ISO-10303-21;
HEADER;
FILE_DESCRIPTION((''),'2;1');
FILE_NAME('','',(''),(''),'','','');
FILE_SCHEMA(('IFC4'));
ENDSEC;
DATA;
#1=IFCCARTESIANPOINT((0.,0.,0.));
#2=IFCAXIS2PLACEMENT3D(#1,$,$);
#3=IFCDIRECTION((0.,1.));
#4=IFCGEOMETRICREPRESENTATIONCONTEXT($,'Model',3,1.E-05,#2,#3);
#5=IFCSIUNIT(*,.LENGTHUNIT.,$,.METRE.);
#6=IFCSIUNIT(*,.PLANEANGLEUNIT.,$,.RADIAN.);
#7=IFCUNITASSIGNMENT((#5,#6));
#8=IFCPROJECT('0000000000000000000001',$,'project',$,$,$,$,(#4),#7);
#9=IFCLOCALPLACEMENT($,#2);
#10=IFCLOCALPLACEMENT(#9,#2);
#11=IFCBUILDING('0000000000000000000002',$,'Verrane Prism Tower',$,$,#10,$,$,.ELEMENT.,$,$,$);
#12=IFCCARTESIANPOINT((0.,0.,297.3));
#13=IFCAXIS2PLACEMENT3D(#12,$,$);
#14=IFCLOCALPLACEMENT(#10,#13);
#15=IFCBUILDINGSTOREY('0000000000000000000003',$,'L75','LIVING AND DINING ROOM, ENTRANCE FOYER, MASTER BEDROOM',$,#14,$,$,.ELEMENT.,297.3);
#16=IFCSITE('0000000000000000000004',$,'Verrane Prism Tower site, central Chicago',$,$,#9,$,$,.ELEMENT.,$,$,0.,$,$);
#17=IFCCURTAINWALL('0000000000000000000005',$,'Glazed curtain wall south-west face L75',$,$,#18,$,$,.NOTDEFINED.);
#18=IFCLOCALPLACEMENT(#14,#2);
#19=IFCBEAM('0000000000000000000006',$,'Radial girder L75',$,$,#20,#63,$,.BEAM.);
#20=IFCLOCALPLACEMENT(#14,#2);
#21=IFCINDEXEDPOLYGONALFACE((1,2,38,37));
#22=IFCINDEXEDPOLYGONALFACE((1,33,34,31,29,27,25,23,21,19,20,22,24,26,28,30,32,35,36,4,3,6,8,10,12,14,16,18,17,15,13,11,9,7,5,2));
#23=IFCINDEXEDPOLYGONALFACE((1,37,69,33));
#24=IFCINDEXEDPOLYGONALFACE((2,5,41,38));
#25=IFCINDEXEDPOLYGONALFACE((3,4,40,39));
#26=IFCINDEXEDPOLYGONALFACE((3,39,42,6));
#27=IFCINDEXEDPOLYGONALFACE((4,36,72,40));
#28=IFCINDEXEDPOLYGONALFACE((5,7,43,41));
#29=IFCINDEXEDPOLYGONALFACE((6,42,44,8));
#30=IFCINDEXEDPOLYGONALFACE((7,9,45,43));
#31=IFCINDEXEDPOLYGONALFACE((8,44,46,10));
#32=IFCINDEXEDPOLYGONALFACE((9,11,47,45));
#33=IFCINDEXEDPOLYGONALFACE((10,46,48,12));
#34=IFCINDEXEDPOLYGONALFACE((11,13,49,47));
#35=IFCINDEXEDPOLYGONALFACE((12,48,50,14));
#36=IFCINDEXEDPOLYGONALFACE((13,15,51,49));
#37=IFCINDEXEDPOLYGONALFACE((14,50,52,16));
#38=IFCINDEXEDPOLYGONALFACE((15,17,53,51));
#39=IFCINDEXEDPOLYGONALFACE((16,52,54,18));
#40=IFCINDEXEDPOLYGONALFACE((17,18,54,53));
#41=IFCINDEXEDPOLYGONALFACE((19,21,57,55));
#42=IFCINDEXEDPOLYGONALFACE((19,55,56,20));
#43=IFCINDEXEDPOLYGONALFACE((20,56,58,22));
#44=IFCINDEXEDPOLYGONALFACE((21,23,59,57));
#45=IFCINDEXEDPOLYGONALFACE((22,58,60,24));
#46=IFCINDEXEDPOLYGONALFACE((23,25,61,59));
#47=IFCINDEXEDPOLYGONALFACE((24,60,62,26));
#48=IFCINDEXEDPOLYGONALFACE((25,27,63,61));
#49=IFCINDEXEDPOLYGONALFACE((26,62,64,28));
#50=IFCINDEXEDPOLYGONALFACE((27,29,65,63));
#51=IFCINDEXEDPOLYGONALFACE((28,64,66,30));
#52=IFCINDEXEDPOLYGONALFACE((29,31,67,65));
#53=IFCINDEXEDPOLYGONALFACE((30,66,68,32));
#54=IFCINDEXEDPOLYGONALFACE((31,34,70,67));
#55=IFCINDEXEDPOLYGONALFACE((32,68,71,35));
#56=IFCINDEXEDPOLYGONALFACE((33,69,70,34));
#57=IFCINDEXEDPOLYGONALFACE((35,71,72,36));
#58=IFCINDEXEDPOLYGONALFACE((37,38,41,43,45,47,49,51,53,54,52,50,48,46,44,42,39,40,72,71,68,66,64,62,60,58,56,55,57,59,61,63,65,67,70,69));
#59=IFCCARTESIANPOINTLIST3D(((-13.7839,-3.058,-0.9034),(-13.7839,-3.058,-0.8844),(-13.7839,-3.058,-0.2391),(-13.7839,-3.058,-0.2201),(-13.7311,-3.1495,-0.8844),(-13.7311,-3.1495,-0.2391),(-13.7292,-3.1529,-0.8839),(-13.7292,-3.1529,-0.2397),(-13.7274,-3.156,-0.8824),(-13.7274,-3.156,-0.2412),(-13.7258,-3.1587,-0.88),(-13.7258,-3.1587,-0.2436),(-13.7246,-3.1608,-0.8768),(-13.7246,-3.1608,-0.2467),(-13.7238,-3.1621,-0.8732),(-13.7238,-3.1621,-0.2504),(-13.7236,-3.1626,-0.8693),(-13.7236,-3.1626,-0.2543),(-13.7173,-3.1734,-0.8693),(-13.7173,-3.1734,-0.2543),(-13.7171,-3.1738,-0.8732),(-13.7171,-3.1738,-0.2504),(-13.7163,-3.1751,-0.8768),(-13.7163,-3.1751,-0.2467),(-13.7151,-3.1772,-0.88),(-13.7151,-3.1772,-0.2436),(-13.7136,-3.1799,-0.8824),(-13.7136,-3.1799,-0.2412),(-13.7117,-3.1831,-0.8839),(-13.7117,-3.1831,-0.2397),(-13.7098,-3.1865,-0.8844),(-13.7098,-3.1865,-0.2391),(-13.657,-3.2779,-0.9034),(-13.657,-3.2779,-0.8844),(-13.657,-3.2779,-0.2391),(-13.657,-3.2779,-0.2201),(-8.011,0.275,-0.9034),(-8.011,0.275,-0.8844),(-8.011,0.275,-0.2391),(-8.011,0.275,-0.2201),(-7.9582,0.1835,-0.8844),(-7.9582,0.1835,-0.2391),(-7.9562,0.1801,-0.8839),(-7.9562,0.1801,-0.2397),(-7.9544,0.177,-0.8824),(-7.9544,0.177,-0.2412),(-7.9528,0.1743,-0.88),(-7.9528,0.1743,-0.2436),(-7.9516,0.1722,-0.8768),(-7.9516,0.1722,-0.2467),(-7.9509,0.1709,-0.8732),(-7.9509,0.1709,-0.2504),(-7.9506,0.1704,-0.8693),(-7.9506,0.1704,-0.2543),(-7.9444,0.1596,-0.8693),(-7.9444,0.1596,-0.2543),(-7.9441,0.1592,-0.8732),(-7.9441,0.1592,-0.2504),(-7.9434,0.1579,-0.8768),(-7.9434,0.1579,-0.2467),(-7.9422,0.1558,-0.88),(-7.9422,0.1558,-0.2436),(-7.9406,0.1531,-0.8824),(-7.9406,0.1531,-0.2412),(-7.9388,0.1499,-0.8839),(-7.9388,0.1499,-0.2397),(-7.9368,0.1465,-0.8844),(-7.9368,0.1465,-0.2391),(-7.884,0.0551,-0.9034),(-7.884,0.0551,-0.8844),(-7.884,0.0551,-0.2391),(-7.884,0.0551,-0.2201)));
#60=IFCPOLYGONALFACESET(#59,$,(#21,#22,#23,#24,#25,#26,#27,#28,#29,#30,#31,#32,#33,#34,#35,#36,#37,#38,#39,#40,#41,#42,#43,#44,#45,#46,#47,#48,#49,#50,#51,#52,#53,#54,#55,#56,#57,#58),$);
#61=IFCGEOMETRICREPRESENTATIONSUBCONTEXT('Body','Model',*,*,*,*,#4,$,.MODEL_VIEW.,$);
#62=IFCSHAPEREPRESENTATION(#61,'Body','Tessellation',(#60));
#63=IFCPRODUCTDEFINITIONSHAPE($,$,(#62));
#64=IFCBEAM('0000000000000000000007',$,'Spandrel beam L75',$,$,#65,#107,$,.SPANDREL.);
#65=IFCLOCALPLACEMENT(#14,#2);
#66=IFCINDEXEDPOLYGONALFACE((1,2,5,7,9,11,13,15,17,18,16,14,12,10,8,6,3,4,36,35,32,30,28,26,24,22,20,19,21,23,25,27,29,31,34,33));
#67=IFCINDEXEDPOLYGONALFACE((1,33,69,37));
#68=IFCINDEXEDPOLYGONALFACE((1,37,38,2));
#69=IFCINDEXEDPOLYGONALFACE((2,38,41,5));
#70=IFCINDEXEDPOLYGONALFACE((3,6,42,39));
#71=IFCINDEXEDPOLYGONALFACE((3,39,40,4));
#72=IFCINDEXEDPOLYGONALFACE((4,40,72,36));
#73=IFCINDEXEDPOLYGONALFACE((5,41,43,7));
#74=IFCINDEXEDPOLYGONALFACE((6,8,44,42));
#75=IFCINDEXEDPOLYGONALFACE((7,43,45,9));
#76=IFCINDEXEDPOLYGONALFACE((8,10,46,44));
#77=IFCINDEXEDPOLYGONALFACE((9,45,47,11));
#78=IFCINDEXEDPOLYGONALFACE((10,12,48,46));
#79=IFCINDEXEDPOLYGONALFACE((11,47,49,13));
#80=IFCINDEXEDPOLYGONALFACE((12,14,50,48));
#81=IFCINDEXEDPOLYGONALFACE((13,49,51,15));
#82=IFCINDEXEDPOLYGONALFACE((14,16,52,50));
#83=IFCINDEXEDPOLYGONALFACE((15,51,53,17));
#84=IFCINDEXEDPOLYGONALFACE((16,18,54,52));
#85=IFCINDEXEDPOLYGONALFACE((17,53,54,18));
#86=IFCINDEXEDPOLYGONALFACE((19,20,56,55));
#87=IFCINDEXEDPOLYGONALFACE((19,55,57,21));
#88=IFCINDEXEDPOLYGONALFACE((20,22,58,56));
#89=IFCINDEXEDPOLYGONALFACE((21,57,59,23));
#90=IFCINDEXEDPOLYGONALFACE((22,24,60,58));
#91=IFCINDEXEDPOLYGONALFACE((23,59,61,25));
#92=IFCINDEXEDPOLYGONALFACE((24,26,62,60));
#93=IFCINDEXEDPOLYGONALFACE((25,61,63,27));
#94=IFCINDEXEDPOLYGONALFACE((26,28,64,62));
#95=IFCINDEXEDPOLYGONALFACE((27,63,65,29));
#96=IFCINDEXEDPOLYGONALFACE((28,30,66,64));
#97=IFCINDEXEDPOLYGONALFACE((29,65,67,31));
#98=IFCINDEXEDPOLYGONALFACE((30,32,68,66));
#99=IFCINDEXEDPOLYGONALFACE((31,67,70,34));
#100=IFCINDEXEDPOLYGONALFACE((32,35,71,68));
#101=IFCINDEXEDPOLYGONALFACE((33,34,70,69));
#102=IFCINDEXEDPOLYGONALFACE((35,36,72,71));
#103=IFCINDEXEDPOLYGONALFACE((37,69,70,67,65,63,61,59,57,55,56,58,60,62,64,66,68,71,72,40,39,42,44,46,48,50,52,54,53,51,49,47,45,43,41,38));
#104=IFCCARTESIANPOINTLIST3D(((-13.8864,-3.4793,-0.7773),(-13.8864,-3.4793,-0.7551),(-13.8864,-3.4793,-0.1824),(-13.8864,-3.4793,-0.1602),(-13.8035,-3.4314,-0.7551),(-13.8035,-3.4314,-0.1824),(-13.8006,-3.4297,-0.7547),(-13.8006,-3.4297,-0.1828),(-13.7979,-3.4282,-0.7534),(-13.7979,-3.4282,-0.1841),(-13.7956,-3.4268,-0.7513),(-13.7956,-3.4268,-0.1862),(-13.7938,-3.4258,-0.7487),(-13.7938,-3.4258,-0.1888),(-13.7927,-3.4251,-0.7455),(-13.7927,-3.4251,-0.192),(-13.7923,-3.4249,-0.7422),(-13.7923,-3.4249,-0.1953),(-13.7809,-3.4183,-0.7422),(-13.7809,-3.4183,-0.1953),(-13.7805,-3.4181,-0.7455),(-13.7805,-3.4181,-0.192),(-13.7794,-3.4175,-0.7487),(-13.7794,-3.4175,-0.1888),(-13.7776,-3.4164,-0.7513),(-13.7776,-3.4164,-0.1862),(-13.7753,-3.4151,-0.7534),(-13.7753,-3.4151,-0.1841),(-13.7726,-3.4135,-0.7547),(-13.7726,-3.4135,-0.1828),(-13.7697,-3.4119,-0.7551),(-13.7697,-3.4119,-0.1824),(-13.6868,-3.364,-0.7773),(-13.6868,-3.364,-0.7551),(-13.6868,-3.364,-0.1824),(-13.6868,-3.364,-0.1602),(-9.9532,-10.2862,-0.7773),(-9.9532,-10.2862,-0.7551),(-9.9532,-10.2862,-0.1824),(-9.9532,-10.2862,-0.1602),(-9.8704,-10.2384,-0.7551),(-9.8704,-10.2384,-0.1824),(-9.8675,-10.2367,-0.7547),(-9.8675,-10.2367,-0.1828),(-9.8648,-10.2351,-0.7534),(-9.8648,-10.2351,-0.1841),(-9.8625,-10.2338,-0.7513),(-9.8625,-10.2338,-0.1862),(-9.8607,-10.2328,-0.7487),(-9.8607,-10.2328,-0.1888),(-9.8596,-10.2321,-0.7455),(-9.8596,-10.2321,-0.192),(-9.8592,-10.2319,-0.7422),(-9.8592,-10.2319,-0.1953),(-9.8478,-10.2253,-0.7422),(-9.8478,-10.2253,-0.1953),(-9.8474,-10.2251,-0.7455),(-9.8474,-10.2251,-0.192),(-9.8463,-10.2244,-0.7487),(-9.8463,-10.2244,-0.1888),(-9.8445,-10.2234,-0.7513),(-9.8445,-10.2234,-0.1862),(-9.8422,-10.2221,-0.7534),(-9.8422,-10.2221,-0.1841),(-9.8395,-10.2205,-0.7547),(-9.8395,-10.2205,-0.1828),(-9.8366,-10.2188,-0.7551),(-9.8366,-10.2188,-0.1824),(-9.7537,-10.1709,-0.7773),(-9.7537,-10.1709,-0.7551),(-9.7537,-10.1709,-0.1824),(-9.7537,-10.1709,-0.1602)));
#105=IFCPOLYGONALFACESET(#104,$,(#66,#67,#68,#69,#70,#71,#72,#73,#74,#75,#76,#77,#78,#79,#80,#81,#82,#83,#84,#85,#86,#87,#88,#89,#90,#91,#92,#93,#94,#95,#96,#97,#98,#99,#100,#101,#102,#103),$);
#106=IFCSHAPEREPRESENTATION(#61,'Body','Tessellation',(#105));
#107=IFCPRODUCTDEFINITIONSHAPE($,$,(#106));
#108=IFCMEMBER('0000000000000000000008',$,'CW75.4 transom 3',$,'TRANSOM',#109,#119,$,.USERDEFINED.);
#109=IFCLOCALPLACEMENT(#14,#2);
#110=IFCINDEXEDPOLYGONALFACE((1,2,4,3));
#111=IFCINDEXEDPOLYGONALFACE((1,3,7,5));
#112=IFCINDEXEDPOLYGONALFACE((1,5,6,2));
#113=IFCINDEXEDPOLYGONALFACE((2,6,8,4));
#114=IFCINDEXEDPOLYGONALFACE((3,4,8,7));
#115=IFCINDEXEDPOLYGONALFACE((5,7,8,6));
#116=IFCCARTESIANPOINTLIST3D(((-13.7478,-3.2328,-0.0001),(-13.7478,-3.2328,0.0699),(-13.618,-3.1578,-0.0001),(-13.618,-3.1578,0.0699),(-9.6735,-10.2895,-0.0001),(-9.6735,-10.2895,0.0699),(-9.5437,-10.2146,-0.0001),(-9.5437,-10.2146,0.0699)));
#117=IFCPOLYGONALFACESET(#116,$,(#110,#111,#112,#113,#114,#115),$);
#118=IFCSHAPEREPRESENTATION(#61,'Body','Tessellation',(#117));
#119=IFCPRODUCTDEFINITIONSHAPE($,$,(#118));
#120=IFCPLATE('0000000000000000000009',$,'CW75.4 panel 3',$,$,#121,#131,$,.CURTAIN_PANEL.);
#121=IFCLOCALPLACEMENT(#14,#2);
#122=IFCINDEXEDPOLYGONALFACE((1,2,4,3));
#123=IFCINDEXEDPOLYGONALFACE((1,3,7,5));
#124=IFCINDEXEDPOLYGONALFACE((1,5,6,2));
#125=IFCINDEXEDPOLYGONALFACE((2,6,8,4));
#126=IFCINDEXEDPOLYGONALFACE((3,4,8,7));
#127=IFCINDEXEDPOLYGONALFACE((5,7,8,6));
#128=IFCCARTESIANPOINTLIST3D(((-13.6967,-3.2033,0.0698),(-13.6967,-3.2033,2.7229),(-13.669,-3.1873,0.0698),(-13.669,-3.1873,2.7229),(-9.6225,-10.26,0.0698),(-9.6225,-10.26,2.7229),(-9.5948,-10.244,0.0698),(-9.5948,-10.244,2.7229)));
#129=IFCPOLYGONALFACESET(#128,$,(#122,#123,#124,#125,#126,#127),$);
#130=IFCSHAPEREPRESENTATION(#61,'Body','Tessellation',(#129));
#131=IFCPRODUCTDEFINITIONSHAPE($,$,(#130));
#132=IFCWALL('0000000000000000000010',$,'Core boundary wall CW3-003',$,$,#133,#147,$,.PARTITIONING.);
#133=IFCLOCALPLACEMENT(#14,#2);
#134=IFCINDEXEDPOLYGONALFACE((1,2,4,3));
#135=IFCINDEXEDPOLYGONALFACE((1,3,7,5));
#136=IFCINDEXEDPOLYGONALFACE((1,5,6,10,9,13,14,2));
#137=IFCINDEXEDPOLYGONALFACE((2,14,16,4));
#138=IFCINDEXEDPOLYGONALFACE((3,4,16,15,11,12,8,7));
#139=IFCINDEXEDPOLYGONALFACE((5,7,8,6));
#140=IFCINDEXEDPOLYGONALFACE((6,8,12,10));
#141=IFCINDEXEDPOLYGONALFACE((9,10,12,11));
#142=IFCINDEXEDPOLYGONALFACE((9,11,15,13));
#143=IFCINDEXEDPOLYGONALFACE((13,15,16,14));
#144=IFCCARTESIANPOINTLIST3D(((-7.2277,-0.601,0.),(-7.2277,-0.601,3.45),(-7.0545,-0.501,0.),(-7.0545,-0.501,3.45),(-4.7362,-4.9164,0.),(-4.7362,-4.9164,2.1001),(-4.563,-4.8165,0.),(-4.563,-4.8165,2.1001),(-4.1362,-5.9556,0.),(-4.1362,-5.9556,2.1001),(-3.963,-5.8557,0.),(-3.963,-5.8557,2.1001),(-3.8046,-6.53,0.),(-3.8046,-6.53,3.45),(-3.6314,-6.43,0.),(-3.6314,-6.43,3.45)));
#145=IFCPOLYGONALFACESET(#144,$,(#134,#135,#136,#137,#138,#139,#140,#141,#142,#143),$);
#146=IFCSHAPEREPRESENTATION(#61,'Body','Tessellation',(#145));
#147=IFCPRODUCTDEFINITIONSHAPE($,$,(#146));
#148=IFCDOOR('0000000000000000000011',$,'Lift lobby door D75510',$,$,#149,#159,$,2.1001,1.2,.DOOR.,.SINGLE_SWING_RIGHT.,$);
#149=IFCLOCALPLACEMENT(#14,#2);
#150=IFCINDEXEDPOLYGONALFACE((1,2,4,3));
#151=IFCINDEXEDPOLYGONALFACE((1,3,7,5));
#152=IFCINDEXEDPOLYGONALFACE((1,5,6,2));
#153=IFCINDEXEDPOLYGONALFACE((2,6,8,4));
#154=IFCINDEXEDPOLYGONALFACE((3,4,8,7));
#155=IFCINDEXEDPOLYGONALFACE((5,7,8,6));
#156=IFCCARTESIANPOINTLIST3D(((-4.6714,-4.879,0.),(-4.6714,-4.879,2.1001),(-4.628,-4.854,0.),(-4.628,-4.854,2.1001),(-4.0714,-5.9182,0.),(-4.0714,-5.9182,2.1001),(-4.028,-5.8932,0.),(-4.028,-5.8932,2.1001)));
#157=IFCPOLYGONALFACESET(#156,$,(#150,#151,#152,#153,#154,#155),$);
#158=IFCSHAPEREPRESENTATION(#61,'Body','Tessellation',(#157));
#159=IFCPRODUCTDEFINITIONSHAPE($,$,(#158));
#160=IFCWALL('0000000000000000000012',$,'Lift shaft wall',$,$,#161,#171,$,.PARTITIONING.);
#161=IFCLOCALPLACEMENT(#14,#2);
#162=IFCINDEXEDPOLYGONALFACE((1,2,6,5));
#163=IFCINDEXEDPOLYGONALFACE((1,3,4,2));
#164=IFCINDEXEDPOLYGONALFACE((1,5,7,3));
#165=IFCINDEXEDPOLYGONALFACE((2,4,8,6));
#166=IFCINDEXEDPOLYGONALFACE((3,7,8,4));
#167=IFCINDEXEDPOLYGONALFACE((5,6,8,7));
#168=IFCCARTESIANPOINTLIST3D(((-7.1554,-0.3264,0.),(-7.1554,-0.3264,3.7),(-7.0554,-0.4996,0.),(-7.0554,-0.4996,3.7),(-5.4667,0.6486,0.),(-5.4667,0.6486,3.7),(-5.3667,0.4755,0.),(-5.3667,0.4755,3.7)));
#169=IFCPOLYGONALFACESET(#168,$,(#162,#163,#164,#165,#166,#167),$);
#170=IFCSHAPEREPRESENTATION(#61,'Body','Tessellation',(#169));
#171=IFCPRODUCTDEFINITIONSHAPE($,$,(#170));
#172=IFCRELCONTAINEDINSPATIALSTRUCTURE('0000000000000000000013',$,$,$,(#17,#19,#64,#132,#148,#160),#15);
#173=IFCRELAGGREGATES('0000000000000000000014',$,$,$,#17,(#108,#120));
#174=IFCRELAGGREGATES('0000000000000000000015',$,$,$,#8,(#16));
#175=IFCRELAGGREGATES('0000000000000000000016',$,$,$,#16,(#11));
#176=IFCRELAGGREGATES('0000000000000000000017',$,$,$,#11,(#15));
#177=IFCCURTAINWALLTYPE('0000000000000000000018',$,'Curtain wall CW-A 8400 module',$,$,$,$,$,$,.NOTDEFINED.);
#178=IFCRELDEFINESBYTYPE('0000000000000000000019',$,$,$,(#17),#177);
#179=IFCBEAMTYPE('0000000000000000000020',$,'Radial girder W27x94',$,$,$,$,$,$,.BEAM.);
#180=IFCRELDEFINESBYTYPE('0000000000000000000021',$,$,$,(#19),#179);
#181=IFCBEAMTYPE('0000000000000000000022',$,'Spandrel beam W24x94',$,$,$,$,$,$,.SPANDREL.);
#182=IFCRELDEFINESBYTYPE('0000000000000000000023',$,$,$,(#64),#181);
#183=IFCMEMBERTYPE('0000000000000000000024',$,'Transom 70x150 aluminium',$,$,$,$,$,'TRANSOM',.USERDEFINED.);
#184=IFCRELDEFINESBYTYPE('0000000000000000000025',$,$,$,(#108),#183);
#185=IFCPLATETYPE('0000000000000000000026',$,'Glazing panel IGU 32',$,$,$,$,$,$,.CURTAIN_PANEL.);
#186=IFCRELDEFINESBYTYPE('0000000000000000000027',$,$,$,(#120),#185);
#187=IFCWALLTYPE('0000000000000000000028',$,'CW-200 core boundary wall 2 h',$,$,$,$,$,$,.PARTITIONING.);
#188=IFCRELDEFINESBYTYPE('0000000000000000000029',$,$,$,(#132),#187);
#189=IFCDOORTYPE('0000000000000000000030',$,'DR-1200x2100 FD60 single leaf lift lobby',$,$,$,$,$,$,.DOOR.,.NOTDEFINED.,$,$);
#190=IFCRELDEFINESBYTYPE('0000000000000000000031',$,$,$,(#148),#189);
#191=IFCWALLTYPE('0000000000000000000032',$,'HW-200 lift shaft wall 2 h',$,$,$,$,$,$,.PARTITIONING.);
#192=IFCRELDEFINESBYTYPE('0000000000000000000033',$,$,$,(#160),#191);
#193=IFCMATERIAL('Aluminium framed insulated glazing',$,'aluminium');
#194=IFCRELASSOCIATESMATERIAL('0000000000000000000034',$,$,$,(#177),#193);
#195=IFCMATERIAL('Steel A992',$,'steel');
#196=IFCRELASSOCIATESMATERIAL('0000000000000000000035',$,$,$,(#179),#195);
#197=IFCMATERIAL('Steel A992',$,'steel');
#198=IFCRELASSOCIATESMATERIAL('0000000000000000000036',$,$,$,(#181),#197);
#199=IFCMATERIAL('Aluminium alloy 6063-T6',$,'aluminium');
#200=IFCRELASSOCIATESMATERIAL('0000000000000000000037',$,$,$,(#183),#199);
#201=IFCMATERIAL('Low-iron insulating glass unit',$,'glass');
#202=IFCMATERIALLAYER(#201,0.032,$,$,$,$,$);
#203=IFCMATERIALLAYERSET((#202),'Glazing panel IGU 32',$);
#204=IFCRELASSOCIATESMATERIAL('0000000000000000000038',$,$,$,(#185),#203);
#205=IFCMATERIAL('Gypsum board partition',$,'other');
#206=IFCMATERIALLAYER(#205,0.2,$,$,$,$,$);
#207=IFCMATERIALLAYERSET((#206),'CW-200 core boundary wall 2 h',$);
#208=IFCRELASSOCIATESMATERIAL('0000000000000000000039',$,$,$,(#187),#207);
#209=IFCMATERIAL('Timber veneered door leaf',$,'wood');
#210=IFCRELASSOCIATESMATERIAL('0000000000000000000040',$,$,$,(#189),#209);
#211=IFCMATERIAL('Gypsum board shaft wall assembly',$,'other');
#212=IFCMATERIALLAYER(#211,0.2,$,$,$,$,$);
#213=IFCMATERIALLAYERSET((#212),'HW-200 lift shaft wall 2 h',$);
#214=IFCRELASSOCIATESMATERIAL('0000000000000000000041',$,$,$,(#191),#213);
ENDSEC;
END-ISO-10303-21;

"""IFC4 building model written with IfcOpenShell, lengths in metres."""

from ifc_helpers import new_model, si_unit, direction, frame, frame_2d, origin, origin_2d, place, context, subcontext, project, spatial, rectangle, i_section, extrude, material, layer, layer_set, material_profile, profile_set, type_object, element, fill, aggregate, save


model = new_model("IFC4")

# Units and contexts
model_context = context("Model", 3, precision=1e-05, world=origin(), true_north=direction((0.0, 1.0)))
body_context = subcontext(model_context, "Body", "Model", "MODEL_VIEW")
ifc_project = project(units=[si_unit("LENGTHUNIT", "METRE"), si_unit("PLANEANGLEUNIT", "RADIAN")], contexts=[model_context])

# Site, building, storey
site_placement = place(None, origin())
site = spatial("IfcSite", under=ifc_project, at=site_placement, Name="Verrane Prism Tower site, central Chicago", CompositionType="ELEMENT", RefElevation=0.0)
building_placement = place(site_placement, origin())
building = spatial("IfcBuilding", under=site, at=building_placement, Name="Verrane Prism Tower", CompositionType="ELEMENT")
storey_placement = place(building_placement, frame((0.0, 0.0, 297.3)))
storey = spatial("IfcBuildingStorey", under=building, at=storey_placement, Name="L75", Description="LIVING AND DINING ROOM, ENTRANCE FOYER, MASTER BEDROOM", CompositionType="ELEMENT", Elevation=297.3)

# Curtain wall
ifc_material_1 = material(Name="Aluminium framed insulated glazing", Category="aluminium")
curtain_wall_type = type_object("IfcCurtainWallType", Name="Curtain wall CW-A 8400 module", PredefinedType="NOTDEFINED", material=ifc_material_1)
curtain_wall_placement = place(storey_placement, origin())
curtain_wall = element("IfcCurtainWall", 1, at=curtain_wall_placement, inside=storey, type_object=curtain_wall_type, Name="Glazed curtain wall south-west face L75", PredefinedType="NOTDEFINED")

# Beams
ifc_material_2 = material(Name="Steel A992", Category="steel")
ifc_material_profile_1 = material_profile(ifc_material_2, i_section(OverallWidth=0.2539, OverallDepth=0.6833, WebThickness=0.0125, FlangeThickness=0.019, FilletRadius=0.0151, at=origin_2d()), Name="W27x94")
ifc_profile_set_1 = profile_set([ifc_material_profile_1], Name="Steel A992")
beam_type_1 = type_object("IfcBeamType", Name="Radial girder W27x94", PredefinedType="BEAM", material=ifc_profile_set_1)
beam_1_placement = place(storey_placement, frame((-13.7205, -3.168, -0.5618), z_axis=(0.866026, 0.499999, 0.0), x_axis=(-0.499999, 0.866026, 0.0)))
element("IfcBeam", 2, at=beam_1_placement, inside=storey, type_object=beam_type_1, Name="Radial girder L75", PredefinedType="BEAM", context=body_context, shape_type="SweptSolid", body=[
    extrude(i_section(OverallWidth=0.2539, OverallDepth=0.6833, WebThickness=0.0125, FlangeThickness=0.019, FilletRadius=0.0151, at=origin_2d()), origin(), (0.0, 0.0, 1.0), 6.666),
])
ifc_material_3 = material(Name="Steel A992", Category="steel")
ifc_material_profile_2 = material_profile(ifc_material_3, i_section(OverallWidth=0.2305, OverallDepth=0.6172, WebThickness=0.0132, FlangeThickness=0.0222, FilletRadius=0.0129, at=origin_2d()), Name="W24x94")
ifc_profile_set_2 = profile_set([ifc_material_profile_2], Name="Steel A992")
beam_type_2 = type_object("IfcBeamType", Name="Spandrel beam W24x94", PredefinedType="SPANDREL", material=ifc_profile_set_2)
beam_2_placement = place(storey_placement, frame((-13.7866, -3.4216, -0.4688), z_axis=(0.5003, -0.865852, 0.0), x_axis=(0.865852, 0.5003, 0.0)))
element("IfcBeam", 3, at=beam_2_placement, inside=storey, type_object=beam_type_2, Name="Spandrel beam L75", PredefinedType="SPANDREL", context=body_context, shape_type="SweptSolid", body=[
    extrude(i_section(OverallWidth=0.2305, OverallDepth=0.6172, WebThickness=0.0132, FlangeThickness=0.0222, FilletRadius=0.0129, at=origin_2d()), origin(), (0.0, 0.0, 1.0), 7.8616),
])

# Member
ifc_material_4 = material(Name="Aluminium alloy 6063-T6", Category="aluminium")
ifc_material_profile_3 = material_profile(ifc_material_4, rectangle(XDim=0.1499, YDim=0.0701, at=origin_2d()), Name="Transom 70x150 aluminium")
ifc_profile_set_3 = profile_set([ifc_material_profile_3], Name="Aluminium alloy 6063-T6")
member_type_1 = type_object("IfcMemberType", Name="Transom 70x150 aluminium", ElementType="TRANSOM", PredefinedType="USERDEFINED", material=ifc_profile_set_3)
member_1_placement = place(storey_placement, frame((-13.6829, -3.1953, 0.0349), z_axis=(0.500006, -0.866022, 0.0), x_axis=(0.866022, 0.500006, 0.0)))
member_1 = element("IfcMember", 4, at=member_1_placement, type_object=member_type_1, Name="CW75.4 transom 3", ObjectType="TRANSOM", PredefinedType="USERDEFINED", context=body_context, shape_type="SweptSolid", body=[
    extrude(rectangle(XDim=0.1499, YDim=0.0701, at=origin_2d()), origin(), (0.0, 0.0, 1.0), 8.1484),
])

# Plate
ifc_material_5 = material(Name="Low-iron insulating glass unit", Category="glass")
ifc_layer_1 = layer(ifc_material_5, 0.032)
ifc_layer_set_1 = layer_set([ifc_layer_1], Name="Glazing panel IGU 32")
plate_type = type_object("IfcPlateType", Name="Glazing panel IGU 32", PredefinedType="CURTAIN_PANEL", material=ifc_layer_set_1)
plate_placement = place(storey_placement, frame((-11.6458, -6.7236, 0.0698), z_axis=(0.0, 0.0, 1.0), x_axis=(0.500001, -0.866025, 0.0)))
plate = element("IfcPlate", 5, at=plate_placement, type_object=plate_type, Name="CW75.4 panel 3", PredefinedType="CURTAIN_PANEL", context=body_context, shape_type="SweptSolid", body=[
    extrude(rectangle(XDim=8.1484, YDim=0.032, at=origin_2d()), origin(), (0.0, 0.0, 1.0), 2.6531),
])
aggregate(curtain_wall, [member_1, plate])

# Wall, opening, door
ifc_material_6 = material(Name="Gypsum board partition", Category="other")
ifc_layer_2 = layer(ifc_material_6, 0.2)
ifc_layer_set_2 = layer_set([ifc_layer_2], Name="CW-200 core boundary wall 2 h")
wall_type_1 = type_object("IfcWallType", Name="CW-200 core boundary wall 2 h", PredefinedType="PARTITIONING", material=ifc_layer_set_2)
wall_1_placement = place(storey_placement, frame((-7.1411, -0.551, 0.0), z_axis=(0.0, 0.0, 1.0), x_axis=(0.500001, -0.866025, 0.0)))
wall_1 = element("IfcWall", 6, at=wall_1_placement, inside=storey, type_object=wall_type_1, Name="Core boundary wall CW3-003", PredefinedType="PARTITIONING", context=body_context, shape_type="SweptSolid", body=[
    extrude(rectangle(XDim=6.8462, YDim=0.2, at=frame_2d((3.4231, 0.0))), origin(), (0.0, 0.0, 1.0), 3.45),
])
opening_1_placement = place(wall_1_placement, frame((4.9829, 0.0, 0.0)))
opening_1 = element("IfcOpeningElement", 7, at=opening_1_placement, cuts=wall_1, PredefinedType="OPENING", context=body_context, shape_type="SweptSolid", body=[
    extrude(rectangle(XDim=1.2, YDim=2.1001, at=frame_2d((0.6001, 1.05))), frame((0.0, 0.1099, 0.0), z_axis=(0.0, -1.0, 0.0), x_axis=(1.0, 0.0, 0.0)), (0.0, 0.0, 1.0), 0.22),
])
ifc_material_7 = material(Name="Timber veneered door leaf", Category="wood")
door_type_1 = type_object("IfcDoorType", Name="DR-1200x2100 FD60 single leaf lift lobby", OperationType="NOTDEFINED", PredefinedType="DOOR", material=ifc_material_7)
door_1_placement = place(opening_1_placement, origin())
door_1 = element("IfcDoor", 8, at=door_1_placement, inside=storey, type_object=door_type_1, Name="Lift lobby door D75510", OperationType="SINGLE_SWING_RIGHT", OverallHeight=2.1001, OverallWidth=1.2, PredefinedType="DOOR", context=body_context, shape_type="SweptSolid", body=[
    extrude(rectangle(XDim=1.2, YDim=2.1001, at=frame_2d((0.6001, 1.05))), frame((0.0, 0.0249, 0.0), z_axis=(0.0, -1.0, 0.0), x_axis=(1.0, 0.0, 0.0)), (0.0, 0.0, 1.0), 0.05),
])
fill(opening_1, door_1)

# Wall
ifc_material_8 = material(Name="Gypsum board shaft wall assembly", Category="other")
ifc_layer_3 = layer(ifc_material_8, 0.2)
ifc_layer_set_3 = layer_set([ifc_layer_3], Name="HW-200 lift shaft wall 2 h")
wall_type_2 = type_object("IfcWallType", Name="HW-200 lift shaft wall 2 h", PredefinedType="PARTITIONING", material=ifc_layer_set_3)
wall_2_placement = place(storey_placement, frame((-7.1055, -0.4131, 0.0), z_axis=(0.0, 0.0, 1.0), x_axis=(0.866, 0.500044, 0.0)))
element("IfcWall", 9, at=wall_2_placement, inside=storey, type_object=wall_type_2, Name="Lift shaft wall", PredefinedType="PARTITIONING", context=body_context, shape_type="SweptSolid", body=[
    extrude(rectangle(XDim=1.95, YDim=0.2, at=frame_2d((0.9751, 0.0))), origin(), (0.0, 0.0, 1.0), 3.7),
])

save(model, "model.ifc")
